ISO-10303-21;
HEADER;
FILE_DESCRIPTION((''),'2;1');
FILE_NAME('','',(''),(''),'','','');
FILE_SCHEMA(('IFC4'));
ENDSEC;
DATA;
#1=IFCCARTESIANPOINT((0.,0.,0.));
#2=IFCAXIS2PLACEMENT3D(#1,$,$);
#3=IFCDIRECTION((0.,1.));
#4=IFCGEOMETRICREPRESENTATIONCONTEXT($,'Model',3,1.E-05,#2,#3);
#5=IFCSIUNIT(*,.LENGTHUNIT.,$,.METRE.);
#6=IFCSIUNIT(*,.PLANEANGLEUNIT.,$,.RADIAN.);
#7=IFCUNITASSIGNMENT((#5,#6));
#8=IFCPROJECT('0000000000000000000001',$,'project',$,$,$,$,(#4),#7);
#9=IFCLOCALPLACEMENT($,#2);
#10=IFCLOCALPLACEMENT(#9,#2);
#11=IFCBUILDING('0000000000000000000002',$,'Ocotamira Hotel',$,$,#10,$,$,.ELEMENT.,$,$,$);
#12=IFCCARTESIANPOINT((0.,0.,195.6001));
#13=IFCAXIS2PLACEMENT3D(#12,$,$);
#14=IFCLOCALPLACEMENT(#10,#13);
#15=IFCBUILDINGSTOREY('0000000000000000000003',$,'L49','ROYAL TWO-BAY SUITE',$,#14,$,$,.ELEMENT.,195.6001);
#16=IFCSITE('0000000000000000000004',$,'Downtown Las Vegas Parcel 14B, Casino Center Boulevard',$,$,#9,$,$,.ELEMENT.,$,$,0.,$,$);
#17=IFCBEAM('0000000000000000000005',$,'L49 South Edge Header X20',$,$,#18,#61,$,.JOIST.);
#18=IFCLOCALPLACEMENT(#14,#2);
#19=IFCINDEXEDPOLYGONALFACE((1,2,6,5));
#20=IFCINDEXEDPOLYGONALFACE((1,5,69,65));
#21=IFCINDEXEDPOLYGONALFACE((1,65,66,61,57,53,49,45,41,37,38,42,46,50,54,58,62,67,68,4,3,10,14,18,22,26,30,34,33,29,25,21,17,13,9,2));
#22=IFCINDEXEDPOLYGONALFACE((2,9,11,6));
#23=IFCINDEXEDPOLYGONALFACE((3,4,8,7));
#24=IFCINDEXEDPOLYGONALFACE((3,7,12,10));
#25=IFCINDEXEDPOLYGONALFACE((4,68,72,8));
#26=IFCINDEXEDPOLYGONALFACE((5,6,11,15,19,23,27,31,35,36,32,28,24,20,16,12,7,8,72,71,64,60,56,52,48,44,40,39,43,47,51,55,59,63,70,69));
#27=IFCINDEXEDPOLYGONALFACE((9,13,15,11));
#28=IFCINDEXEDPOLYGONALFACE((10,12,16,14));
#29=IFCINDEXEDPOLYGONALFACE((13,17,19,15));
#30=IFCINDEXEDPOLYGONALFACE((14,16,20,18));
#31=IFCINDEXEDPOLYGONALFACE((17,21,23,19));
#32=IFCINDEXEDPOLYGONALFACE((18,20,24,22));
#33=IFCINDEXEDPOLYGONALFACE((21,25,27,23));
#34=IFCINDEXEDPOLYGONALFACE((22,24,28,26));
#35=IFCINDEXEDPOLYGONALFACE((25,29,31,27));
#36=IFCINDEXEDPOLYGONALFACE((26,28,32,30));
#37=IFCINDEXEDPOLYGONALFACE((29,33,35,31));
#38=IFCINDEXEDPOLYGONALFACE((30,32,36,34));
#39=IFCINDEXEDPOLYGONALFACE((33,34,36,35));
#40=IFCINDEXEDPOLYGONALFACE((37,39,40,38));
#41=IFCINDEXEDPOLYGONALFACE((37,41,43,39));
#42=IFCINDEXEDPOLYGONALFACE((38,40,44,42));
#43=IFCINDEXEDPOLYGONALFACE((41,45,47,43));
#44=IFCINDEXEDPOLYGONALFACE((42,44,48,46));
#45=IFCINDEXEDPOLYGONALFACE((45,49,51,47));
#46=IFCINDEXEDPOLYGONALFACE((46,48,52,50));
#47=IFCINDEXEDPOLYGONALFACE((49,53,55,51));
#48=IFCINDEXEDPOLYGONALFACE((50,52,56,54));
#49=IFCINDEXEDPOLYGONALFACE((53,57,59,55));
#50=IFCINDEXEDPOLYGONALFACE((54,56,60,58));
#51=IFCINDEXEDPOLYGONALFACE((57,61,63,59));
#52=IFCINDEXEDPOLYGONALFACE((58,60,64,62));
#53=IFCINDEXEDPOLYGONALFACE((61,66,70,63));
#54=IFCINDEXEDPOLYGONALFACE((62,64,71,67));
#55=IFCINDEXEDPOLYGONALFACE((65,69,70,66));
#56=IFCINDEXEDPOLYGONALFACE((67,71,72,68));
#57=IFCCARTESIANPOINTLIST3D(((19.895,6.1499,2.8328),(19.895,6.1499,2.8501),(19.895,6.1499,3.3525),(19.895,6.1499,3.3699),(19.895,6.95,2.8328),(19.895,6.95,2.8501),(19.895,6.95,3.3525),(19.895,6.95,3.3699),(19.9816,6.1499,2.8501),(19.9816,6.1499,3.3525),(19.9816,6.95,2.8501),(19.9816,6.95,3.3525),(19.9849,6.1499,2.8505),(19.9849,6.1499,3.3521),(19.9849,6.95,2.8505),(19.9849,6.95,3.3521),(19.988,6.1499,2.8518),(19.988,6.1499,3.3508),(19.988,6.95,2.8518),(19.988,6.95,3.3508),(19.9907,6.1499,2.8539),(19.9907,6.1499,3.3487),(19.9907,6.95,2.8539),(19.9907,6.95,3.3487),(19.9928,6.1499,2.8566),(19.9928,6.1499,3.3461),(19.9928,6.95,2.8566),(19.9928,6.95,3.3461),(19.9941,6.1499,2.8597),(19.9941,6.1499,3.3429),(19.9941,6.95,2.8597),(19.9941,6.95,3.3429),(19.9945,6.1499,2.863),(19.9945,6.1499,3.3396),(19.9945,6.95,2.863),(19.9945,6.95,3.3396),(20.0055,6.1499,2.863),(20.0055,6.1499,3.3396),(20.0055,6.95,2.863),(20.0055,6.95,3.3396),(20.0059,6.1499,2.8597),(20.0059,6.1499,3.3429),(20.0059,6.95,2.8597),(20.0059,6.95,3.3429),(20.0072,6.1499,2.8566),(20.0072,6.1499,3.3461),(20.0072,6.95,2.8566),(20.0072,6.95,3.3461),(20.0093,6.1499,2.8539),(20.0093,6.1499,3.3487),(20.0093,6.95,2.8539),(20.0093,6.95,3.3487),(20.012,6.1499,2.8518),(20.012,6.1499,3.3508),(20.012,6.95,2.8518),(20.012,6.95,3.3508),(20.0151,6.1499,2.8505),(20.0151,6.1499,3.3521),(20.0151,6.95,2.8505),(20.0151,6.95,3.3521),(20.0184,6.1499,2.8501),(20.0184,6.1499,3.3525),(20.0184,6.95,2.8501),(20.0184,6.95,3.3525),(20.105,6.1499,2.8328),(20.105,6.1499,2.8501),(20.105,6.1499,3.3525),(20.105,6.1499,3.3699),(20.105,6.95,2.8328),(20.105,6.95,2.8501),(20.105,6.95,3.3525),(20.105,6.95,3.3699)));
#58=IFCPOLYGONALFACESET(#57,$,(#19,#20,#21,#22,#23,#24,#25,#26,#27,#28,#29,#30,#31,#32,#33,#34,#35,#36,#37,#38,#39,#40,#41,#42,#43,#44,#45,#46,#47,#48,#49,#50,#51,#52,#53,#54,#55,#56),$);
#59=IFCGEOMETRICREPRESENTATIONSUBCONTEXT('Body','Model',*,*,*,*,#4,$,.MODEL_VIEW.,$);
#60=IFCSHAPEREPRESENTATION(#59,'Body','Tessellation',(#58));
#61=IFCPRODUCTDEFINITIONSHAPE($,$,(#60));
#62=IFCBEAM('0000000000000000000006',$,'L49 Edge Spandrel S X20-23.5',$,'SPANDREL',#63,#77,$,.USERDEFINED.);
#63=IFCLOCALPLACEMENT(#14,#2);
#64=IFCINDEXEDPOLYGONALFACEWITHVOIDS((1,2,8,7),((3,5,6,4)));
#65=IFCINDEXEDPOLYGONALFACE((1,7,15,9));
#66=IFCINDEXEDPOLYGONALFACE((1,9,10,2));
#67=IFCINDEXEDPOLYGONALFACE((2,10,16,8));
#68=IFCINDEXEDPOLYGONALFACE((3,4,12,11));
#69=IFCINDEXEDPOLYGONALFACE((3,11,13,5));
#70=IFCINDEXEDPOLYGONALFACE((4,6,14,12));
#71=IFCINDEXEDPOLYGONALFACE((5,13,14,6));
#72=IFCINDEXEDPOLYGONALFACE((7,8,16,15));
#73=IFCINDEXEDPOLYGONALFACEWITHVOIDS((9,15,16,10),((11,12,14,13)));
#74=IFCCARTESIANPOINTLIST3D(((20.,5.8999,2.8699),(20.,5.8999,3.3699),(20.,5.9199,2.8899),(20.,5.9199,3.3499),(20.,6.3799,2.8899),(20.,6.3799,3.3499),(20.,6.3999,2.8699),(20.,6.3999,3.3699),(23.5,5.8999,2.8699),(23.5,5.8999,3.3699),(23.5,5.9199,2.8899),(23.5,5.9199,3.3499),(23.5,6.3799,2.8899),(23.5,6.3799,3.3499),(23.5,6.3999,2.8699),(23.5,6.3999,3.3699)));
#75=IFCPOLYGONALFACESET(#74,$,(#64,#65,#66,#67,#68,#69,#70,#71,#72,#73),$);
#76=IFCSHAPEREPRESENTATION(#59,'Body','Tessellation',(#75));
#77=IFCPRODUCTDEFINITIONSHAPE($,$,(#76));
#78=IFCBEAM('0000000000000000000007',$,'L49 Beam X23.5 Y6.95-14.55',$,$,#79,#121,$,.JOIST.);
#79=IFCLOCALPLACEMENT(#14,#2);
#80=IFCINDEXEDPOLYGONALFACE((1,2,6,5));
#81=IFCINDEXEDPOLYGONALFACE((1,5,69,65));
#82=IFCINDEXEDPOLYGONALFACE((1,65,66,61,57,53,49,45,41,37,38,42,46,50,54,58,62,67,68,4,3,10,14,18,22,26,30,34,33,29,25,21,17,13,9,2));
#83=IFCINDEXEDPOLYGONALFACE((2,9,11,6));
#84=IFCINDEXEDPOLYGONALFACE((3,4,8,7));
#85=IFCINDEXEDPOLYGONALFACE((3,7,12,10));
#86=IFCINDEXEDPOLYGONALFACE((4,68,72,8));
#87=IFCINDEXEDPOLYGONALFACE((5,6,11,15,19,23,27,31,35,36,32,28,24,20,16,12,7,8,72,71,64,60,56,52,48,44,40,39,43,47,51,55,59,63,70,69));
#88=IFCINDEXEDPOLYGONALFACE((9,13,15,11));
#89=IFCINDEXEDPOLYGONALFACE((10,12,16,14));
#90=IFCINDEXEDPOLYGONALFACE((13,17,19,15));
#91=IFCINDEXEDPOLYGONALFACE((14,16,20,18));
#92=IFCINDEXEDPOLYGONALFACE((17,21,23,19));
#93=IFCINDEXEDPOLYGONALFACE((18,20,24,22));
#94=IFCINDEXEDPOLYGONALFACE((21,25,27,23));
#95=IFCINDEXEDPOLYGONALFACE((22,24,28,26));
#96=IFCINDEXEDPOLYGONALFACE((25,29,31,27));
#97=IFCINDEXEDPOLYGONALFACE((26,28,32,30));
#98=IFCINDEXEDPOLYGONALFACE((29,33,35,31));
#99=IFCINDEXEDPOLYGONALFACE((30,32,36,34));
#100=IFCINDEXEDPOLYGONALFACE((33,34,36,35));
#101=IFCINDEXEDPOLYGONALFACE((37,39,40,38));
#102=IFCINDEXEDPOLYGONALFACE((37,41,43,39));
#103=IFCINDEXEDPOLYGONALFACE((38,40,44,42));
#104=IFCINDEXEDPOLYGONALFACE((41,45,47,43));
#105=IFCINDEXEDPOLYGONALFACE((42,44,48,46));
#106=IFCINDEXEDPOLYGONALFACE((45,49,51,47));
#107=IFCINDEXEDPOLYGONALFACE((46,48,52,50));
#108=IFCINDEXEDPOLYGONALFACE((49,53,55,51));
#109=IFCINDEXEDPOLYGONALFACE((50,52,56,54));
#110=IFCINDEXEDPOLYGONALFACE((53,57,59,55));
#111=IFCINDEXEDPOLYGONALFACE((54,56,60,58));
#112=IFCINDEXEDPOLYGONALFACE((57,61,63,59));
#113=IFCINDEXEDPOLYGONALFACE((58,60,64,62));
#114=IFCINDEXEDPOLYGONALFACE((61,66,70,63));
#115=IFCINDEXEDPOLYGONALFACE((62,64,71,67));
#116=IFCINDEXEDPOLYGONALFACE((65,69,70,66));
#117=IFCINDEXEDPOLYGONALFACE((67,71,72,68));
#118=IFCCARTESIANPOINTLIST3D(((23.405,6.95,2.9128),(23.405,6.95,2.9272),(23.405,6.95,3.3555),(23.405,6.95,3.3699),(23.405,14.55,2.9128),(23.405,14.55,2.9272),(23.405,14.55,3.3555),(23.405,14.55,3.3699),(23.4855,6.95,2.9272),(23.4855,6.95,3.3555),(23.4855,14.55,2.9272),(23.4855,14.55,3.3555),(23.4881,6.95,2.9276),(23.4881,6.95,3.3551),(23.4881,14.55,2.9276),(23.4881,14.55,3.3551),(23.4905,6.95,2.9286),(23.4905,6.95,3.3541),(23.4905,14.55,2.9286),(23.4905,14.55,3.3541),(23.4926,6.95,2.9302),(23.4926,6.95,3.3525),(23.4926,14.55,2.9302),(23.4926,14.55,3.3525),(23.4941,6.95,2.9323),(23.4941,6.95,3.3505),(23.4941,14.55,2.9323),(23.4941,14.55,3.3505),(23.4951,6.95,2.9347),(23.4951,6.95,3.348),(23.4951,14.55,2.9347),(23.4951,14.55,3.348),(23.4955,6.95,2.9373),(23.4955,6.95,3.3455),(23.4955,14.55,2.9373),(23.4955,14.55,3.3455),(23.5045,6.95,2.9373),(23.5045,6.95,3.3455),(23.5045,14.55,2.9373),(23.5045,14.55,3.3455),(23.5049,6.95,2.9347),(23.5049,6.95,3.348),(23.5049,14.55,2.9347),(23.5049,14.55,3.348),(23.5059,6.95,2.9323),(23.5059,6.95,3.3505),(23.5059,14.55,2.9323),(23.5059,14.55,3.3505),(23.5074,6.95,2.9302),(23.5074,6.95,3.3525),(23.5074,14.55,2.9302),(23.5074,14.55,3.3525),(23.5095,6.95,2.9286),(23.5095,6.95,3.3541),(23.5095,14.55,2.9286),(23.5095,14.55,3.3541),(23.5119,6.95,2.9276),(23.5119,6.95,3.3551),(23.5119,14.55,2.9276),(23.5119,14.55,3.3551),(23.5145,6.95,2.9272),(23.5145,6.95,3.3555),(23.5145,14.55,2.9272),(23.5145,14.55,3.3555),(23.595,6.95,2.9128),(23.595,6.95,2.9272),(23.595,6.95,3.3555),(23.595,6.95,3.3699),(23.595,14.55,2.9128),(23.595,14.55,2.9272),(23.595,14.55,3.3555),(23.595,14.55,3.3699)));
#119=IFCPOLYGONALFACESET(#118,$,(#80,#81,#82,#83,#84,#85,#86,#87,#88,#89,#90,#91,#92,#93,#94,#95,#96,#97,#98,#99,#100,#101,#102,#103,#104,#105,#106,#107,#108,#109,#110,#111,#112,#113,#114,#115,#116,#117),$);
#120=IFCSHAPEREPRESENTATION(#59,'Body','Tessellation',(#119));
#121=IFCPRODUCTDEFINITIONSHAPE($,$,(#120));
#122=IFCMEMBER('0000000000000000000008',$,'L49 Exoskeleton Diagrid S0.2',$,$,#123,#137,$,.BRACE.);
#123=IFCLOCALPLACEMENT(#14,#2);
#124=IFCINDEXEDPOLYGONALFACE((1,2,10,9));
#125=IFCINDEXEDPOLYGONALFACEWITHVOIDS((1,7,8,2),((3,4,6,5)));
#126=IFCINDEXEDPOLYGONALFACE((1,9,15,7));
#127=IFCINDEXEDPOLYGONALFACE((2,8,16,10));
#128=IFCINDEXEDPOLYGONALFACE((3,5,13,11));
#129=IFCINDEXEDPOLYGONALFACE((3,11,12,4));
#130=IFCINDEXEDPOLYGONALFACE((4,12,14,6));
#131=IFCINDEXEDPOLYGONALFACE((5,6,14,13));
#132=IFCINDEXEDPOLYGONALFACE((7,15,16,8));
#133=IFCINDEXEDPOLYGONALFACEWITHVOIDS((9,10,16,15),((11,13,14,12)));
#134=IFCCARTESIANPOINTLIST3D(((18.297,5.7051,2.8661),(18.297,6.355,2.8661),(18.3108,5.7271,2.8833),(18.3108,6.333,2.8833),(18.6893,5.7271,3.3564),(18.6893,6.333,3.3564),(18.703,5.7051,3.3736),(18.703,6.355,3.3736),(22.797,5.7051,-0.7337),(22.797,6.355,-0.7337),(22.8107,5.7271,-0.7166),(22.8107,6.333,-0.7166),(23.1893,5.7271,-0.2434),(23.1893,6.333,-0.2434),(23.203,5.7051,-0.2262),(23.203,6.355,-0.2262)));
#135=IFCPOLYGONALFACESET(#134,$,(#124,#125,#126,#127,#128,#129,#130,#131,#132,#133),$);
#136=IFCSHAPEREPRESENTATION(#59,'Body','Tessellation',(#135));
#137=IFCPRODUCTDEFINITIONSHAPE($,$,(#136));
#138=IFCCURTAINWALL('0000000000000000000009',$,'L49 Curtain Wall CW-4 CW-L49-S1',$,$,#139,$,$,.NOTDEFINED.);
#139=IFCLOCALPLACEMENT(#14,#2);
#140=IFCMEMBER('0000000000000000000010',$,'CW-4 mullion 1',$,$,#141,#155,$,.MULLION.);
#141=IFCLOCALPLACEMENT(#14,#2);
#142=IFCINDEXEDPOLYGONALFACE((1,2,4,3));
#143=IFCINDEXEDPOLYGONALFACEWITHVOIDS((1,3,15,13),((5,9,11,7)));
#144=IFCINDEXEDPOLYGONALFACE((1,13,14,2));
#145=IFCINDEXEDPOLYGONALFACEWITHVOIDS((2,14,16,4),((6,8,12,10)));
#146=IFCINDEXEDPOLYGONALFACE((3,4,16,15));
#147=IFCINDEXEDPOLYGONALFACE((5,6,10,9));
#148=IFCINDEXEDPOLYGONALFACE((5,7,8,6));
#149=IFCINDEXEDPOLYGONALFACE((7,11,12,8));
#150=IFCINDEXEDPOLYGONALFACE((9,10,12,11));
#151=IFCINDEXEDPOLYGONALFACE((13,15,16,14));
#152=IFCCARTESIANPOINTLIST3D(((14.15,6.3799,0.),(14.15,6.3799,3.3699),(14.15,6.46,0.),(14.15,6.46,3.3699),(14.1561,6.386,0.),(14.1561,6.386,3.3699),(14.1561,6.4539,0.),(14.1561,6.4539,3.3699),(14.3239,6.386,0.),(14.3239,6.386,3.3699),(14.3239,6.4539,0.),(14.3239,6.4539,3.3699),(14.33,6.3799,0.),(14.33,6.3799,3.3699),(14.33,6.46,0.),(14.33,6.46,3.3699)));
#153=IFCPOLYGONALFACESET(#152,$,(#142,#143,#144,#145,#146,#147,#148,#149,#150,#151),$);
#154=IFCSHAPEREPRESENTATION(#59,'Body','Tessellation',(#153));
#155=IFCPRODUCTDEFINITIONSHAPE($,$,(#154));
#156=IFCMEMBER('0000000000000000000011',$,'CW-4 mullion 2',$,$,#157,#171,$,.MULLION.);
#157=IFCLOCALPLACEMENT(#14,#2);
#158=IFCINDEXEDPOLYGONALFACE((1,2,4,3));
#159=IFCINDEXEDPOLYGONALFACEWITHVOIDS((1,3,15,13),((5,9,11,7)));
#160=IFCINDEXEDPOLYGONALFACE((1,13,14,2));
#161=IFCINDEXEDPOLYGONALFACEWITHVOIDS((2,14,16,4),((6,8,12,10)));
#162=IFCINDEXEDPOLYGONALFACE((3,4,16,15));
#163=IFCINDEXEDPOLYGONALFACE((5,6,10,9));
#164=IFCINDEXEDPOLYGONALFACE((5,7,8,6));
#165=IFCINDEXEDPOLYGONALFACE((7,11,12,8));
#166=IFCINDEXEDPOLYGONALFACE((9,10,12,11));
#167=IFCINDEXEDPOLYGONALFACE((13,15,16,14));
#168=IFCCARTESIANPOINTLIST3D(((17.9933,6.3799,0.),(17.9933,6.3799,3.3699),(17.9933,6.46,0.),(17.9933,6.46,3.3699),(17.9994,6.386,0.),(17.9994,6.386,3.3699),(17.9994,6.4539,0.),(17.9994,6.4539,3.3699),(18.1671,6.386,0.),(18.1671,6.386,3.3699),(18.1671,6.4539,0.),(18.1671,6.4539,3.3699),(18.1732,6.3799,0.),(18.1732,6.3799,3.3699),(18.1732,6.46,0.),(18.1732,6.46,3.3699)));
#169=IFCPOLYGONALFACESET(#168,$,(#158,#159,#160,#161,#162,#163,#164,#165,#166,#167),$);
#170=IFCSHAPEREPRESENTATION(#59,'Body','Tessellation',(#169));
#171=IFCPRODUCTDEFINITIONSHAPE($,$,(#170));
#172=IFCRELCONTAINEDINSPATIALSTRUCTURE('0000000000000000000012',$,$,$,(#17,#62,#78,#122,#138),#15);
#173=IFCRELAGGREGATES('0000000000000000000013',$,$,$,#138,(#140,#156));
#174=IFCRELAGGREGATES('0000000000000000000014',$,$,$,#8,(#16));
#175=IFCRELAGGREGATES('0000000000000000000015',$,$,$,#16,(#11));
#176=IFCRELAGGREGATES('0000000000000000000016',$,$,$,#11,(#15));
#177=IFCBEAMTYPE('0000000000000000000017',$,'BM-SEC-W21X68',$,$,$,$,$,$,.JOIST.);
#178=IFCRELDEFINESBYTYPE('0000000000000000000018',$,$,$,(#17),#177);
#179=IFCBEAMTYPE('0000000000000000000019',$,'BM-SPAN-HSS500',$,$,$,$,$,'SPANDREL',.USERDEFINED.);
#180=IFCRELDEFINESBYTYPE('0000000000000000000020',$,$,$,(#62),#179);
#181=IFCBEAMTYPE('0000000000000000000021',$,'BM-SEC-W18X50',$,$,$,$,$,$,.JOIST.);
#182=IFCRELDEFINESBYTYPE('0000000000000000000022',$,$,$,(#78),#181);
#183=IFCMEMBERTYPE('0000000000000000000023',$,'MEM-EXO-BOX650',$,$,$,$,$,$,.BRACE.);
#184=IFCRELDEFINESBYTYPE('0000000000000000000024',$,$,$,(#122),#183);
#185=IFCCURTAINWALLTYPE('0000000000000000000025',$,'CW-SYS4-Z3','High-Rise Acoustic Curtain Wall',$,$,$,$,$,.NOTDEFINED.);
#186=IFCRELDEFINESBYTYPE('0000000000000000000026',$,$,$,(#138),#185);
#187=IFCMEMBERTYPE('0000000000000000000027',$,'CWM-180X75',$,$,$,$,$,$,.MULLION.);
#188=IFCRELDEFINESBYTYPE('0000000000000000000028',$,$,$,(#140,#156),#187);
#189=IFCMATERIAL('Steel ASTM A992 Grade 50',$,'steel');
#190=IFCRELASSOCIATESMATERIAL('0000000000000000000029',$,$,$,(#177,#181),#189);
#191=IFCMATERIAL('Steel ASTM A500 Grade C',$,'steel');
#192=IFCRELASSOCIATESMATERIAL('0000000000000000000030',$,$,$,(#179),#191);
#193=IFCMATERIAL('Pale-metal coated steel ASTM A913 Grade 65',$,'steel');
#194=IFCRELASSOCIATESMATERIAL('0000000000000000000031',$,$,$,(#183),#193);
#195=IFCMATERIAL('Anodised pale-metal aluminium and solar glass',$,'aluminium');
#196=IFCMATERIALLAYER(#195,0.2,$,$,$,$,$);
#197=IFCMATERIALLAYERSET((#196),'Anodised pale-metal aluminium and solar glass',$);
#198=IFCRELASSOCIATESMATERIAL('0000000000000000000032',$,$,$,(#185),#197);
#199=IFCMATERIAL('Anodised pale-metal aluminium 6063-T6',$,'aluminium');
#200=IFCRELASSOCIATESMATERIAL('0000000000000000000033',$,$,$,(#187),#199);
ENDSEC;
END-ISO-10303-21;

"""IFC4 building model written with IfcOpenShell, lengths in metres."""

from ifc_helpers import new_model, si_unit, direction, frame, origin, origin_2d, place, context, subcontext, project, spatial, hollow_rectangle, i_section, extrude, source, transform, mapped, material, layer, layer_set, material_profile, profile_set, type_object, element, aggregate, save


model = new_model("IFC4")

# Units and contexts
model_context = context("Model", 3, precision=1e-05, world=origin(), true_north=direction((0.0, 1.0)))
body_context = subcontext(model_context, "Body", "Model", "MODEL_VIEW")
ifc_project = project(units=[si_unit("LENGTHUNIT", "METRE"), si_unit("PLANEANGLEUNIT", "RADIAN")], contexts=[model_context])

# Site, building, storey
site_placement = place(None, origin())
site = spatial("IfcSite", under=ifc_project, at=site_placement, Name="Downtown Las Vegas Parcel 14B, Casino Center Boulevard", CompositionType="ELEMENT", RefElevation=0.0)
building_placement = place(site_placement, origin())
building = spatial("IfcBuilding", under=site, at=building_placement, Name="Ocotamira Hotel", CompositionType="ELEMENT")
storey_placement = place(building_placement, frame((0.0, 0.0, 195.6001)))
storey = spatial("IfcBuildingStorey", under=building, at=storey_placement, Name="L49", Description="ROYAL TWO-BAY SUITE", CompositionType="ELEMENT", Elevation=195.6001)

# Beams
ifc_material_1 = material(Name="Steel ASTM A992 Grade 50", Category="steel")
ifc_material_profile_1 = material_profile(ifc_material_1, i_section(OverallWidth=0.21, OverallDepth=0.5371, WebThickness=0.011, FlangeThickness=0.0173, FilletRadius=0.0129, at=origin_2d()), Name="W21X68")
ifc_profile_set_1 = profile_set([ifc_material_profile_1], Name="Steel ASTM A992 Grade 50")
beam_type_1 = type_object("IfcBeamType", Name="BM-SEC-W21X68", PredefinedType="JOIST", material=ifc_profile_set_1)
shared_shape_1 = source(origin(), body_context, "Body", "SweptSolid", [
    extrude(i_section(OverallWidth=0.21, OverallDepth=0.5371, WebThickness=0.011, FlangeThickness=0.0173, FilletRadius=0.0129, at=origin_2d()), origin(), (0.0, 0.0, 1.0), 0.8),
])
beam_1_placement = place(storey_placement, frame((20.0, 6.95, 3.1013), z_axis=(0.0, -1.0, 0.0), x_axis=(1.0, 0.0, 0.0)))
element("IfcBeam", 1, at=beam_1_placement, inside=storey, type_object=beam_type_1, Name="L49 South Edge Header X20", PredefinedType="JOIST", context=body_context, shape_type="MappedRepresentation", body=[
    mapped(shared_shape_1, transform((0.0, 0.0, 0.0), scale=1.0)),
])
ifc_material_2 = material(Name="Steel ASTM A500 Grade C", Category="steel")
ifc_material_profile_2 = material_profile(ifc_material_2, hollow_rectangle(XDim=0.5, YDim=0.5, WallThickness=0.02, at=origin_2d()), Name="HSS500X500X20")
ifc_profile_set_2 = profile_set([ifc_material_profile_2], Name="Steel ASTM A500 Grade C")
beam_type_2 = type_object("IfcBeamType", Name="BM-SPAN-HSS500", ElementType="SPANDREL", PredefinedType="USERDEFINED", material=ifc_profile_set_2)
shared_shape_2 = source(origin(), body_context, "Body", "SweptSolid", [
    extrude(hollow_rectangle(XDim=0.5, YDim=0.5, WallThickness=0.02, at=origin_2d()), origin(), (0.0, 0.0, 1.0), 3.5),
])
beam_2_placement = place(storey_placement, frame((20.0, 6.1499, 3.1199), z_axis=(1.0, 0.0, 0.0), x_axis=(0.0, 1.0, 0.0)))
element("IfcBeam", 2, at=beam_2_placement, inside=storey, type_object=beam_type_2, Name="L49 Edge Spandrel S X20-23.5", ObjectType="SPANDREL", PredefinedType="USERDEFINED", context=body_context, shape_type="MappedRepresentation", body=[
    mapped(shared_shape_2, transform((0.0, 0.0, 0.0), scale=1.0)),
])
ifc_material_profile_3 = material_profile(ifc_material_1, i_section(OverallWidth=0.1899, OverallDepth=0.457, WebThickness=0.009, FlangeThickness=0.0144, FilletRadius=0.01, at=origin_2d()), Name="W18X50")
ifc_profile_set_3 = profile_set([ifc_material_profile_3], Name="Steel ASTM A992 Grade 50")
beam_type_3 = type_object("IfcBeamType", Name="BM-SEC-W18X50", PredefinedType="JOIST", material=ifc_profile_set_3)
shared_shape_3 = source(origin(), body_context, "Body", "SweptSolid", [
    extrude(i_section(OverallWidth=0.1899, OverallDepth=0.457, WebThickness=0.009, FlangeThickness=0.0144, FilletRadius=0.01, at=origin_2d()), origin(), (0.0, 0.0, 1.0), 7.6001),
])
beam_3_placement = place(storey_placement, frame((23.5, 6.95, 3.1414), z_axis=(0.0, 1.0, 0.0), x_axis=(-1.0, 0.0, 0.0)))
element("IfcBeam", 3, at=beam_3_placement, inside=storey, type_object=beam_type_3, Name="L49 Beam X23.5 Y6.95-14.55", PredefinedType="JOIST", context=body_context, shape_type="MappedRepresentation", body=[
    mapped(shared_shape_3, transform((0.0, 0.0, 0.0), scale=1.0)),
])

# Member
ifc_material_3 = material(Name="Pale-metal coated steel ASTM A913 Grade 65", Category="steel")
ifc_material_profile_4 = material_profile(ifc_material_3, hollow_rectangle(XDim=0.6499, YDim=0.6499, WallThickness=0.022, at=origin_2d()), Name="BOX650X650X22")
ifc_profile_set_4 = profile_set([ifc_material_profile_4], Name="Pale-metal coated steel ASTM A913 Grade 65")
member_type_1 = type_object("IfcMemberType", Name="MEM-EXO-BOX650", PredefinedType="BRACE", material=ifc_profile_set_4)
shared_shape_4 = source(origin(), body_context, "Body", "SweptSolid", [
    extrude(hollow_rectangle(XDim=0.6499, YDim=0.6499, WallThickness=0.022, at=origin_2d()), origin(), (0.0, 0.0, 1.0), 5.7627),
])
member_1_placement = place(storey_placement, frame((23.0, 6.03, -0.48), z_axis=(-0.780881, 0.0, 0.62468), x_axis=(0.0, -1.0, 0.0)))
element("IfcMember", 4, at=member_1_placement, inside=storey, type_object=member_type_1, Name="L49 Exoskeleton Diagrid S0.2", PredefinedType="BRACE", context=body_context, shape_type="MappedRepresentation", body=[
    mapped(shared_shape_4, transform((0.0, 0.0, 0.0), scale=1.0)),
])

# Curtain wall, members
ifc_material_4 = material(Name="Anodised pale-metal aluminium and solar glass", Category="aluminium")
ifc_layer_1 = layer(ifc_material_4, 0.2)
ifc_layer_set_1 = layer_set([ifc_layer_1], Name="Anodised pale-metal aluminium and solar glass")
curtain_wall_type = type_object("IfcCurtainWallType", Name="CW-SYS4-Z3", Description="High-Rise Acoustic Curtain Wall", PredefinedType="NOTDEFINED", material=ifc_layer_set_1)
curtain_wall_placement = place(storey_placement, origin())
curtain_wall = element("IfcCurtainWall", 5, at=curtain_wall_placement, inside=storey, type_object=curtain_wall_type, Name="L49 Curtain Wall CW-4 CW-L49-S1", PredefinedType="NOTDEFINED")
ifc_material_5 = material(Name="Anodised pale-metal aluminium 6063-T6", Category="aluminium")
ifc_material_profile_5 = material_profile(ifc_material_5, hollow_rectangle(XDim=0.0801, YDim=0.1799, WallThickness=0.0061, at=origin_2d()), Name="HSS180X80X6")
ifc_profile_set_5 = profile_set([ifc_material_profile_5], Name="Anodised pale-metal aluminium 6063-T6")
member_type_2 = type_object("IfcMemberType", Name="CWM-180X75", PredefinedType="MULLION", material=ifc_profile_set_5)
shared_shape_5 = source(origin(), body_context, "Body", "SweptSolid", [
    extrude(hollow_rectangle(XDim=0.0801, YDim=0.1799, WallThickness=0.0061, at=origin_2d()), origin(), (0.0, 0.0, 1.0), 3.3699),
])
member_2_placement = place(storey_placement, frame((14.24, 6.4199, 0.0), z_axis=(0.0, 0.0, 1.0), x_axis=(0.0, 1.0, 0.0)))
member_2 = element("IfcMember", 6, at=member_2_placement, type_object=member_type_2, Name="CW-4 mullion 1", PredefinedType="MULLION", context=body_context, shape_type="MappedRepresentation", body=[
    mapped(shared_shape_5, transform((0.0, 0.0, 0.0), scale=1.0)),
])
member_3_placement = place(storey_placement, frame((18.0833, 6.4199, 0.0), z_axis=(0.0, 0.0, 1.0), x_axis=(0.0, 1.0, 0.0)))
member_3 = element("IfcMember", 7, at=member_3_placement, type_object=member_type_2, Name="CW-4 mullion 2", PredefinedType="MULLION", context=body_context, shape_type="MappedRepresentation", body=[
    mapped(shared_shape_5, transform((0.0, 0.0, 0.0), scale=1.0)),
])

aggregate(curtain_wall, [member_2, member_3])

save(model, "model.ifc")
